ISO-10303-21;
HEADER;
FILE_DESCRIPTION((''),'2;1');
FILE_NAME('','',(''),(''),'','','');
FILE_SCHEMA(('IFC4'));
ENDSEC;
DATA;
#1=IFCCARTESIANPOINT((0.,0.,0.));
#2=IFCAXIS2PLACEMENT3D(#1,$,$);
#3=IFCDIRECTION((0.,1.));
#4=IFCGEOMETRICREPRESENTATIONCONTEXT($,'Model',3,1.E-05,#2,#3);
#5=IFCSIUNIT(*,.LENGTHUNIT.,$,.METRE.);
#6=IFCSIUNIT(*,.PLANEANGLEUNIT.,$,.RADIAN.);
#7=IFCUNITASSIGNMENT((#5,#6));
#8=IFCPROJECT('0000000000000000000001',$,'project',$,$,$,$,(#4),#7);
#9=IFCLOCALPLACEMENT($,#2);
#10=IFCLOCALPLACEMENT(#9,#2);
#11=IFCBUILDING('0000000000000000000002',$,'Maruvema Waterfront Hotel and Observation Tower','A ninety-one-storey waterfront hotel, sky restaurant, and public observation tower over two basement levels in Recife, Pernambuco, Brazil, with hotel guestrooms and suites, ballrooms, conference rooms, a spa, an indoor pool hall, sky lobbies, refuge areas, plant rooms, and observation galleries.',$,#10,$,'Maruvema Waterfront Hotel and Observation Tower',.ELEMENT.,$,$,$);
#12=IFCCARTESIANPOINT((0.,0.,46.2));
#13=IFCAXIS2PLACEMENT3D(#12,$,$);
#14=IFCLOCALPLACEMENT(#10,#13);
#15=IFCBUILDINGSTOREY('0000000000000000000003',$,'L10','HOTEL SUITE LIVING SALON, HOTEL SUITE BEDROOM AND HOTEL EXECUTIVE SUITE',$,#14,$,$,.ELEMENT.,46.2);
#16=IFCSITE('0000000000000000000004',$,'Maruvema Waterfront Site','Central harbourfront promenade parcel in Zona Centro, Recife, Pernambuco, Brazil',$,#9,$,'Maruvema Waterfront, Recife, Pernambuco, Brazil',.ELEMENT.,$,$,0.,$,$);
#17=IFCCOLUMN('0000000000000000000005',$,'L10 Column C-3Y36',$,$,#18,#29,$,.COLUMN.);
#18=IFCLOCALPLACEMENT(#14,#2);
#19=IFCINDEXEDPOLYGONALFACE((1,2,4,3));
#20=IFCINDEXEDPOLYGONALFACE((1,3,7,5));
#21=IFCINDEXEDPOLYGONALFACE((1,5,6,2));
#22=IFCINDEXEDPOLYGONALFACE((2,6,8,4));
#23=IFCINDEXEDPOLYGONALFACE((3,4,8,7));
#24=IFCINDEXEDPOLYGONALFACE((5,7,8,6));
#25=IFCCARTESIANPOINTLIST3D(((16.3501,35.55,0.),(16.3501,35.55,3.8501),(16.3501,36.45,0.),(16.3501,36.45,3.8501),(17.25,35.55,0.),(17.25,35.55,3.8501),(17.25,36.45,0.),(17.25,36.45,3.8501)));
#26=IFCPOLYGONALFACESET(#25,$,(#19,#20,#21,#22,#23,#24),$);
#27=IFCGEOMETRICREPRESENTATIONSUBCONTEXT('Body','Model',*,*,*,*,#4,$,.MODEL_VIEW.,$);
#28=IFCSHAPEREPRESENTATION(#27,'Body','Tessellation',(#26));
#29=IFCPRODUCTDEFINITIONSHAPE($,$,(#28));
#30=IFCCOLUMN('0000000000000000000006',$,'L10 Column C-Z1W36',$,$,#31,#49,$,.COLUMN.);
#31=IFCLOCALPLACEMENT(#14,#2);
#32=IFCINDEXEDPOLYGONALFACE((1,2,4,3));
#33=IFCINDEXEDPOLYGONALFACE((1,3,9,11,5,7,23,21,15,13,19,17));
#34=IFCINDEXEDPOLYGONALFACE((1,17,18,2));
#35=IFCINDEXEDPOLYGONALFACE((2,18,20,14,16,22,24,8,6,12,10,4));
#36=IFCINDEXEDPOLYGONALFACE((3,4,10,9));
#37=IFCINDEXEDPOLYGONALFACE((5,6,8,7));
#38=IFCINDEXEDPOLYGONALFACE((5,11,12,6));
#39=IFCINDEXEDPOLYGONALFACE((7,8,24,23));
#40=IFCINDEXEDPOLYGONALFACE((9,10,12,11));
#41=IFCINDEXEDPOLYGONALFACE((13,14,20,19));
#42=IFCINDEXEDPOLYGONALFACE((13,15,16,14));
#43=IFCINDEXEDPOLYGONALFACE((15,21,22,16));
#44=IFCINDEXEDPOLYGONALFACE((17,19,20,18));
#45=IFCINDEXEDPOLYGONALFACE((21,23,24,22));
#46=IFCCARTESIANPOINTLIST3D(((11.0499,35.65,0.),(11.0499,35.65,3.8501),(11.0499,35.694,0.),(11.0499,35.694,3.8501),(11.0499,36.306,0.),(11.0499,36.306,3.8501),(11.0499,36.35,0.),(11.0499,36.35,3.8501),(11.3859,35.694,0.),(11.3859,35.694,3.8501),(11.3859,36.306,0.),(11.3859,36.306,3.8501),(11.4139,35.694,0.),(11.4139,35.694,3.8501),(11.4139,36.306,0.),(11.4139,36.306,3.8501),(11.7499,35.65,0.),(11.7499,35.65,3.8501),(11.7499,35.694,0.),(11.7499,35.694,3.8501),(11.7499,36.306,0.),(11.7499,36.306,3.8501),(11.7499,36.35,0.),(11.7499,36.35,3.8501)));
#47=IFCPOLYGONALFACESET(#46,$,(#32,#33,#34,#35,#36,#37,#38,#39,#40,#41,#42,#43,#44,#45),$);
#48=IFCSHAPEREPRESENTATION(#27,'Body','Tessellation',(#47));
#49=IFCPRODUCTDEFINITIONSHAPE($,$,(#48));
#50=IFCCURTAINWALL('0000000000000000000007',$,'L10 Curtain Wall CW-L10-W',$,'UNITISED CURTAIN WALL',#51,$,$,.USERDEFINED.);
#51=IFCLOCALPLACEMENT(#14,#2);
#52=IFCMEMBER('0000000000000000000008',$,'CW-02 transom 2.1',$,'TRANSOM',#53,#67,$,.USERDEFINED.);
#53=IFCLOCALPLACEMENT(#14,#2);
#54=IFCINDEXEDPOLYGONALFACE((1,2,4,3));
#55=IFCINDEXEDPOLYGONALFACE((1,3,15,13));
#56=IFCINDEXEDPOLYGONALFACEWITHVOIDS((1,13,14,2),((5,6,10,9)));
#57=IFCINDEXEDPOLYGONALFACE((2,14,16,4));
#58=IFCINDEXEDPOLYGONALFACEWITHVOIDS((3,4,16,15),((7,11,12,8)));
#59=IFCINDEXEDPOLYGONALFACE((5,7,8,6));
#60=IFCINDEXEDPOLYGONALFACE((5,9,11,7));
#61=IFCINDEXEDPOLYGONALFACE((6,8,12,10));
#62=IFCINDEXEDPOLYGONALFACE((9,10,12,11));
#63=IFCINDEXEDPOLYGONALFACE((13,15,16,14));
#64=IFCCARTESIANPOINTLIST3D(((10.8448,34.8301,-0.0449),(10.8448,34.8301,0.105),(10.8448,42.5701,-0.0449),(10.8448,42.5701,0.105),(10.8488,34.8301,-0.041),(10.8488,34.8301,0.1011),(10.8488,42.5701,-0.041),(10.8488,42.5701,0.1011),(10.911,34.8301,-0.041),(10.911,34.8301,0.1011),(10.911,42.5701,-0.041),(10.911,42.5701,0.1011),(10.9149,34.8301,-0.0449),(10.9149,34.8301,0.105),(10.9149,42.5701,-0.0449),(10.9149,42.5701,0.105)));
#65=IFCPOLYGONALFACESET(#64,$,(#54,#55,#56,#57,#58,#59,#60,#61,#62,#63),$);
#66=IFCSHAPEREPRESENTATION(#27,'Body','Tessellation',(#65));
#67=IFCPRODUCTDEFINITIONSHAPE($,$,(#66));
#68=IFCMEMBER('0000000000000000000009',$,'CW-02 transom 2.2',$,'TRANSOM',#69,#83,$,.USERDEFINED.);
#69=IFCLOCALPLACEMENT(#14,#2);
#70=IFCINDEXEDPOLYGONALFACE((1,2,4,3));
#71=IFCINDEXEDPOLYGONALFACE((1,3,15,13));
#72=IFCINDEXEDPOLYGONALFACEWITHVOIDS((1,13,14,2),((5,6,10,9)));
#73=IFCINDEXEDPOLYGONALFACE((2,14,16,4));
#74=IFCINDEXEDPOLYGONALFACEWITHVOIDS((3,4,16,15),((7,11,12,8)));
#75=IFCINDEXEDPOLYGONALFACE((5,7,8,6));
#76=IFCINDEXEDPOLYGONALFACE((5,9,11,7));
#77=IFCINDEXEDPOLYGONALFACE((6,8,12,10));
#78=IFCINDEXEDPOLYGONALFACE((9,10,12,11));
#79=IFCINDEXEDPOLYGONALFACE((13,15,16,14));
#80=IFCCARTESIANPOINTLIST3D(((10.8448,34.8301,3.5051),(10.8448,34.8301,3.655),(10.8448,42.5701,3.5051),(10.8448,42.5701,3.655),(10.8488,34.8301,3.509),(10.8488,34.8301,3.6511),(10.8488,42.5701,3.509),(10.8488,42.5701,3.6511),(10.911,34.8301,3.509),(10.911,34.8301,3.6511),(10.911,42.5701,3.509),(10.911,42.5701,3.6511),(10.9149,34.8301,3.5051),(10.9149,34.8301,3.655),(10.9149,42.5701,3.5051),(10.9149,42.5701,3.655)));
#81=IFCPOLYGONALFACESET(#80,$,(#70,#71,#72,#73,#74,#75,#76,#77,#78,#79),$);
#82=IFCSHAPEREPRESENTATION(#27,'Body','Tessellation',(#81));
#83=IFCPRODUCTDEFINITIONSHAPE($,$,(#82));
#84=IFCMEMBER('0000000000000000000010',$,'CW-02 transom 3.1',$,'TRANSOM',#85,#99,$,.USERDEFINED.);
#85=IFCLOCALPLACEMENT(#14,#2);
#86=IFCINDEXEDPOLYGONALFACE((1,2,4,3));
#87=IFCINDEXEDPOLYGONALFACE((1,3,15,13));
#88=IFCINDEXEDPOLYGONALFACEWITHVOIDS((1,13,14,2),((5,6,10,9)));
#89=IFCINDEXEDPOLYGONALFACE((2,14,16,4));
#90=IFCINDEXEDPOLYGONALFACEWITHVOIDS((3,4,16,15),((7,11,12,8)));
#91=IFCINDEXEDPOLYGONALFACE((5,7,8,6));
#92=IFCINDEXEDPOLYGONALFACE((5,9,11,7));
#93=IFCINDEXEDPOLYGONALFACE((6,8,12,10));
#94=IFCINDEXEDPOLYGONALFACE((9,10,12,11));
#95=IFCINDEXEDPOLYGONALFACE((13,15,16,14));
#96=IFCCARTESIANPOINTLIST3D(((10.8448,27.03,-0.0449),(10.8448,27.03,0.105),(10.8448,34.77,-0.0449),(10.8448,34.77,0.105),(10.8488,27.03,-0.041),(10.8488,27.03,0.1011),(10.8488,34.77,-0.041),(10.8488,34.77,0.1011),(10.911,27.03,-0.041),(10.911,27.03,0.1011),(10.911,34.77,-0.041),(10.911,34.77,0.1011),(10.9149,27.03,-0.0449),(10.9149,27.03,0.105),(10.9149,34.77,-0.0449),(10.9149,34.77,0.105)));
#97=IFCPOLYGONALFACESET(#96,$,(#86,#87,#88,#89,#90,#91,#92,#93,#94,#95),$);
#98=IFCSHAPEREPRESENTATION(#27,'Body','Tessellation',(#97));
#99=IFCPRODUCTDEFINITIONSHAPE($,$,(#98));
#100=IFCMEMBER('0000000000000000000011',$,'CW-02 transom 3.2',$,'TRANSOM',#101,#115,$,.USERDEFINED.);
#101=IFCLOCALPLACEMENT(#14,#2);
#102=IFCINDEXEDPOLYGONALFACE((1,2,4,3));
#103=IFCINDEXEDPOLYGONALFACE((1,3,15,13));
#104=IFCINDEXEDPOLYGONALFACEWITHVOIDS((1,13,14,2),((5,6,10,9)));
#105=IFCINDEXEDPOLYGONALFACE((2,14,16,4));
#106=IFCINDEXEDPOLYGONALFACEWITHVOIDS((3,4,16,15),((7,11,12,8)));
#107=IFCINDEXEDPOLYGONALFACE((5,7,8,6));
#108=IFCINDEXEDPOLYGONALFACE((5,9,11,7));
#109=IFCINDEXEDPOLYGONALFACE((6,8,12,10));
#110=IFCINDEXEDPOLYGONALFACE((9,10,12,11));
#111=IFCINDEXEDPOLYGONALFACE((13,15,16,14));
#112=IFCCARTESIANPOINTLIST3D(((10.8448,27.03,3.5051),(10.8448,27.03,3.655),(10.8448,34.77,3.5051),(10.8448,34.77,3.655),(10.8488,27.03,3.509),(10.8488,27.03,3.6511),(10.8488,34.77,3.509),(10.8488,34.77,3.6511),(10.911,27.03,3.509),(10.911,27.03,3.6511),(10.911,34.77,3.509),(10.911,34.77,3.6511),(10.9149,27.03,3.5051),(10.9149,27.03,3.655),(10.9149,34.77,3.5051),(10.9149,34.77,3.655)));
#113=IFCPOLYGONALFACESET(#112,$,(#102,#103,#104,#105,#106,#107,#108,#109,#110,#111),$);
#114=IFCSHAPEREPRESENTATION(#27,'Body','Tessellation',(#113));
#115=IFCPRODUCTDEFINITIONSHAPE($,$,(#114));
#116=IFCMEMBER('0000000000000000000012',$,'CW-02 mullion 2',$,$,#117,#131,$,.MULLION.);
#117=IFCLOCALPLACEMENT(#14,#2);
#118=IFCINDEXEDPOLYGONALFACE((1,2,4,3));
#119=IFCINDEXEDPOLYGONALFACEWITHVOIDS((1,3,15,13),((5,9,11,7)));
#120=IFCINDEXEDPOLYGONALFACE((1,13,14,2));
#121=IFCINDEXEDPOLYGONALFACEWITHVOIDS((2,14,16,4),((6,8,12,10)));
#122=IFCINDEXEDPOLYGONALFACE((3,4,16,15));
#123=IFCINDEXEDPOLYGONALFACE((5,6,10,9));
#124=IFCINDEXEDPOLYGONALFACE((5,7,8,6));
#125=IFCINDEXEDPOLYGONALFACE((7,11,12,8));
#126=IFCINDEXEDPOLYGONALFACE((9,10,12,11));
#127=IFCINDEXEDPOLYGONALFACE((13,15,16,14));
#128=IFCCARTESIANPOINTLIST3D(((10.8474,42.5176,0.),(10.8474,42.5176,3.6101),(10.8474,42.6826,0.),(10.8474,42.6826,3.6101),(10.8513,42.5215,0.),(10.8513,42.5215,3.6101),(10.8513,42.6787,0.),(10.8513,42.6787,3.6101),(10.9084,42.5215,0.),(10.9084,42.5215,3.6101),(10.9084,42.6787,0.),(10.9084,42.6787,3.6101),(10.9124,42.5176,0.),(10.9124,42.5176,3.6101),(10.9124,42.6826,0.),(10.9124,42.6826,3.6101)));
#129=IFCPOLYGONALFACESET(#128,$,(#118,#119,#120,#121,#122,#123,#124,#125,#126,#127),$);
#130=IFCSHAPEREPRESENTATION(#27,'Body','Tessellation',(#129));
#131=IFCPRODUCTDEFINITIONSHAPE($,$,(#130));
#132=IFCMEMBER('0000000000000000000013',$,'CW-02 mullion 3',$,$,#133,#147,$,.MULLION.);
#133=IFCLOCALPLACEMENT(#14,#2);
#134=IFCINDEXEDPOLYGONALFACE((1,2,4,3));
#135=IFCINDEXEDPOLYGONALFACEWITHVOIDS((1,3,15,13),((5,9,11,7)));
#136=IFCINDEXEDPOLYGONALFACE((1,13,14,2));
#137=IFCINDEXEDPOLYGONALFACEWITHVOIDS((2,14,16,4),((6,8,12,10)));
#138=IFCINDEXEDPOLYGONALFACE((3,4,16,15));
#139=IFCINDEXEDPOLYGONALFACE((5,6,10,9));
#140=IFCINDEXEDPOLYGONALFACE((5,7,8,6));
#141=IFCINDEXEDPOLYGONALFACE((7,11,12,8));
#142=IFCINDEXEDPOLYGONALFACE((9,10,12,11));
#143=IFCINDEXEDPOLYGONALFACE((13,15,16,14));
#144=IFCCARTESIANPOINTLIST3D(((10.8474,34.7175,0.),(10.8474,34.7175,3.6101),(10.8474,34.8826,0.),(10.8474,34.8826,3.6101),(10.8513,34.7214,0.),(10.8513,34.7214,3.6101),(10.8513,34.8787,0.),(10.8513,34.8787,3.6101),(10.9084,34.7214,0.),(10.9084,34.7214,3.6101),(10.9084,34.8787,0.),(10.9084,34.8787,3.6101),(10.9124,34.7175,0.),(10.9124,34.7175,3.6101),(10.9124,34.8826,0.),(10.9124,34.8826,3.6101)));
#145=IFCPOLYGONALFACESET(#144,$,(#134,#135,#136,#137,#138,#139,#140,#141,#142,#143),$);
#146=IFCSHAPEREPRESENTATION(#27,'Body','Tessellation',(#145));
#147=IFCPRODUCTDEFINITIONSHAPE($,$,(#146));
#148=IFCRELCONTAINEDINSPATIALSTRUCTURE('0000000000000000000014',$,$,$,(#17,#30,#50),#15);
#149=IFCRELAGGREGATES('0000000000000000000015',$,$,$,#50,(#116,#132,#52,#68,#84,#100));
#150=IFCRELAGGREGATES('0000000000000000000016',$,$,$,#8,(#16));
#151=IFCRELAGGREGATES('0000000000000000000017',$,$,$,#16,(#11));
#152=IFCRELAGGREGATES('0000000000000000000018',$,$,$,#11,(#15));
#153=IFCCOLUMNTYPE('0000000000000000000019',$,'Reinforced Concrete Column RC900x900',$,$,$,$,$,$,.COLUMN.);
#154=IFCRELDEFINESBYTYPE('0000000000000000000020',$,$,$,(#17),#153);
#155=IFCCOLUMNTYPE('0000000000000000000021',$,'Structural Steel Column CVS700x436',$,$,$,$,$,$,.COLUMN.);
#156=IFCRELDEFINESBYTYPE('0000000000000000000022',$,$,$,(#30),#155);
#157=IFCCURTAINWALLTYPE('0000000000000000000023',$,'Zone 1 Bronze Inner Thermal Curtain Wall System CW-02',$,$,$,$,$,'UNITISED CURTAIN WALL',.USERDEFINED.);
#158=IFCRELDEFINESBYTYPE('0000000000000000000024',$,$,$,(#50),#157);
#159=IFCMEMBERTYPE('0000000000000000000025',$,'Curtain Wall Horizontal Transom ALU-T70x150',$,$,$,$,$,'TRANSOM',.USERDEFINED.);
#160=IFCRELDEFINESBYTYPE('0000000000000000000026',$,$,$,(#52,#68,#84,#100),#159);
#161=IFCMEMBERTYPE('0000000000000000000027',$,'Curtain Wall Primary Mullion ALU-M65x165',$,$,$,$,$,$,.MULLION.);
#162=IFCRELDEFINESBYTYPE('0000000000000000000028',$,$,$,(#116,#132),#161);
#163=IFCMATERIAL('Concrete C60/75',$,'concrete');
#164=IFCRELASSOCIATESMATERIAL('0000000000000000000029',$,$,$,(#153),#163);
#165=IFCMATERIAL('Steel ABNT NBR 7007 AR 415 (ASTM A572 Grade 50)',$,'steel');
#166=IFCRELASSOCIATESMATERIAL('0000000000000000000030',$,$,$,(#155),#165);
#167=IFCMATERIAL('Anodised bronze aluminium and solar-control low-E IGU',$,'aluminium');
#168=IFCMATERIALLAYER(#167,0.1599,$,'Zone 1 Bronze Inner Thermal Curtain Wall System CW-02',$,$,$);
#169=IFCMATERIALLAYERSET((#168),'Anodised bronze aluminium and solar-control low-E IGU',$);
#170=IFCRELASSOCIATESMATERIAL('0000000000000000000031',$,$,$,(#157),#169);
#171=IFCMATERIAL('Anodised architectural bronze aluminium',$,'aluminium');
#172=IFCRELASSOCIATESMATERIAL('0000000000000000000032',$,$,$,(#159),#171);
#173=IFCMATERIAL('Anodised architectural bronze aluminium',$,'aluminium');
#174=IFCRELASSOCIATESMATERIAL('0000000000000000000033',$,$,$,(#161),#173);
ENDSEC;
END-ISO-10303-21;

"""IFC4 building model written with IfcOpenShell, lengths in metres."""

from ifc_helpers import new_model, si_unit, direction, frame, origin, origin_2d, place, context, subcontext, project, spatial, rectangle, hollow_rectangle, i_section, extrude, material, layer, layer_set, material_profile, profile_set, type_object, element, aggregate, save


model = new_model("IFC4")

# Units and contexts
model_context = context("Model", 3, precision=1e-05, world=origin(), true_north=direction((0.0, 1.0)))
body_context = subcontext(model_context, "Body", "Model", "MODEL_VIEW")
ifc_project = project(units=[si_unit("LENGTHUNIT", "METRE"), si_unit("PLANEANGLEUNIT", "RADIAN")], contexts=[model_context])

# Site, building, storey
site_placement = place(None, origin())
site = spatial("IfcSite", under=ifc_project, at=site_placement, Name="Maruvema Waterfront Site", Description="Central harbourfront promenade parcel in Zona Centro, Recife, Pernambuco, Brazil", LongName="Maruvema Waterfront, Recife, Pernambuco, Brazil", CompositionType="ELEMENT", RefElevation=0.0)
building_placement = place(site_placement, origin())
building = spatial("IfcBuilding", under=site, at=building_placement, Name="Maruvema Waterfront Hotel and Observation Tower", Description="A ninety-one-storey waterfront hotel, sky restaurant, and public observation tower over two basement levels in Recife, Pernambuco, Brazil, with hotel guestrooms and suites, ballrooms, conference rooms, a spa, an indoor pool hall, sky lobbies, refuge areas, plant rooms, and observation galleries.", LongName="Maruvema Waterfront Hotel and Observation Tower", CompositionType="ELEMENT")
storey_placement = place(building_placement, frame((0.0, 0.0, 46.2)))
storey = spatial("IfcBuildingStorey", under=building, at=storey_placement, Name="L10", Description="HOTEL SUITE LIVING SALON, HOTEL SUITE BEDROOM AND HOTEL EXECUTIVE SUITE", CompositionType="ELEMENT", Elevation=46.2)

# Columns
ifc_material_1 = material(Name="Concrete C60/75", Category="concrete")
ifc_material_profile_1 = material_profile(ifc_material_1, rectangle(XDim=0.8999, YDim=0.8999, at=origin_2d()), Name="RC900x900")
ifc_profile_set_1 = profile_set([ifc_material_profile_1], Name="Concrete C60/75")
column_type_1 = type_object("IfcColumnType", Name="Reinforced Concrete Column RC900x900", PredefinedType="COLUMN", material=ifc_profile_set_1)
column_1_placement = place(storey_placement, frame((16.8, 36.0, 0.0), z_axis=(0.0, 0.0, 1.0), x_axis=(1.0, 0.0, 0.0)))
element("IfcColumn", 1, at=column_1_placement, inside=storey, type_object=column_type_1, Name="L10 Column C-3Y36", PredefinedType="COLUMN", context=body_context, shape_type="SweptSolid", body=[
    extrude(rectangle(XDim=0.8999, YDim=0.8999, at=origin_2d()), origin(), (0.0, 0.0, 1.0), 3.8501),
])
ifc_material_2 = material(Name="Steel ABNT NBR 7007 AR 415 (ASTM A572 Grade 50)", Category="steel")
ifc_material_profile_2 = material_profile(ifc_material_2, i_section(OverallWidth=0.7, OverallDepth=0.7, WebThickness=0.0281, FlangeThickness=0.0439, at=origin_2d()), Name="CVS700x436")
ifc_profile_set_2 = profile_set([ifc_material_profile_2], Name="Steel ABNT NBR 7007 AR 415 (ASTM A572 Grade 50)")
column_type_2 = type_object("IfcColumnType", Name="Structural Steel Column CVS700x436", PredefinedType="COLUMN", material=ifc_profile_set_2)
column_2_placement = place(storey_placement, frame((11.3999, 36.0, 0.0), z_axis=(0.0, 0.0, 1.0), x_axis=(1.0, 0.0, 0.0)))
element("IfcColumn", 2, at=column_2_placement, inside=storey, type_object=column_type_2, Name="L10 Column C-Z1W36", PredefinedType="COLUMN", context=body_context, shape_type="SweptSolid", body=[
    extrude(i_section(OverallWidth=0.7, OverallDepth=0.7, WebThickness=0.0281, FlangeThickness=0.0439, at=origin_2d()), origin(), (0.0, 0.0, 1.0), 3.8501),
])

# Curtain wall, members
ifc_material_3 = material(Name="Anodised bronze aluminium and solar-control low-E IGU", Category="aluminium")
ifc_layer_1 = layer(ifc_material_3, 0.1599, Name="Zone 1 Bronze Inner Thermal Curtain Wall System CW-02")
ifc_layer_set_1 = layer_set([ifc_layer_1], Name="Anodised bronze aluminium and solar-control low-E IGU")
curtain_wall_type = type_object("IfcCurtainWallType", Name="Zone 1 Bronze Inner Thermal Curtain Wall System CW-02", ElementType="UNITISED CURTAIN WALL", PredefinedType="USERDEFINED", material=ifc_layer_set_1)
curtain_wall_placement = place(storey_placement, origin())
curtain_wall = element("IfcCurtainWall", 3, at=curtain_wall_placement, inside=storey, type_object=curtain_wall_type, Name="L10 Curtain Wall CW-L10-W", ObjectType="UNITISED CURTAIN WALL", PredefinedType="USERDEFINED")
ifc_material_4 = material(Name="Anodised architectural bronze aluminium", Category="aluminium")
ifc_material_profile_3 = material_profile(ifc_material_4, hollow_rectangle(XDim=0.0701, YDim=0.1499, WallThickness=0.0039, at=origin_2d()), Name="ALU-T70x150")
ifc_profile_set_3 = profile_set([ifc_material_profile_3], Name="Anodised architectural bronze aluminium")
member_type_1 = type_object("IfcMemberType", Name="Curtain Wall Horizontal Transom ALU-T70x150", ElementType="TRANSOM", PredefinedType="USERDEFINED", material=ifc_profile_set_3)
member_1_placement = place(storey_placement, frame((10.8799, 42.5701, 0.03), z_axis=(0.0, -1.0, 0.0), x_axis=(1.0, 0.0, 0.0)))
member_1 = element("IfcMember", 4, at=member_1_placement, type_object=member_type_1, Name="CW-02 transom 2.1", ObjectType="TRANSOM", PredefinedType="USERDEFINED", context=body_context, shape_type="SweptSolid", body=[
    extrude(hollow_rectangle(XDim=0.0701, YDim=0.1499, WallThickness=0.0039, at=origin_2d()), origin(), (0.0, 0.0, 1.0), 7.74),
])
member_2_placement = place(storey_placement, frame((10.8799, 42.5701, 3.5801), z_axis=(0.0, -1.0, 0.0), x_axis=(1.0, 0.0, 0.0)))
member_2 = element("IfcMember", 5, at=member_2_placement, type_object=member_type_1, Name="CW-02 transom 2.2", ObjectType="TRANSOM", PredefinedType="USERDEFINED", context=body_context, shape_type="SweptSolid", body=[
    extrude(hollow_rectangle(XDim=0.0701, YDim=0.1499, WallThickness=0.0039, at=origin_2d()), origin(), (0.0, 0.0, 1.0), 7.74),
])
member_3_placement = place(storey_placement, frame((10.8799, 34.77, 0.03), z_axis=(0.0, -1.0, 0.0), x_axis=(1.0, 0.0, 0.0)))
member_3 = element("IfcMember", 6, at=member_3_placement, type_object=member_type_1, Name="CW-02 transom 3.1", ObjectType="TRANSOM", PredefinedType="USERDEFINED", context=body_context, shape_type="SweptSolid", body=[
    extrude(hollow_rectangle(XDim=0.0701, YDim=0.1499, WallThickness=0.0039, at=origin_2d()), origin(), (0.0, 0.0, 1.0), 7.74),
])
member_4_placement = place(storey_placement, frame((10.8799, 34.77, 3.5801), z_axis=(0.0, -1.0, 0.0), x_axis=(1.0, 0.0, 0.0)))
member_4 = element("IfcMember", 7, at=member_4_placement, type_object=member_type_1, Name="CW-02 transom 3.2", ObjectType="TRANSOM", PredefinedType="USERDEFINED", context=body_context, shape_type="SweptSolid", body=[
    extrude(hollow_rectangle(XDim=0.0701, YDim=0.1499, WallThickness=0.0039, at=origin_2d()), origin(), (0.0, 0.0, 1.0), 7.74),
])
ifc_material_5 = material(Name="Anodised architectural bronze aluminium", Category="aluminium")
ifc_material_profile_4 = material_profile(ifc_material_5, hollow_rectangle(XDim=0.0649, YDim=0.165, WallThickness=0.0039, at=origin_2d()), Name="ALU-M65x165")
ifc_profile_set_4 = profile_set([ifc_material_profile_4], Name="Anodised architectural bronze aluminium")
member_type_2 = type_object("IfcMemberType", Name="Curtain Wall Primary Mullion ALU-M65x165", PredefinedType="MULLION", material=ifc_profile_set_4)
member_5_placement = place(storey_placement, frame((10.8799, 42.6001, 0.0), z_axis=(0.0, 0.0, 1.0), x_axis=(1.0, 0.0, 0.0)))
member_5 = element("IfcMember", 8, at=member_5_placement, type_object=member_type_2, Name="CW-02 mullion 2", PredefinedType="MULLION", context=body_context, shape_type="SweptSolid", body=[
    extrude(hollow_rectangle(XDim=0.0649, YDim=0.165, WallThickness=0.0039, at=origin_2d()), origin(), (0.0, 0.0, 1.0), 3.6101),
])
member_6_placement = place(storey_placement, frame((10.8799, 34.8, 0.0), z_axis=(0.0, 0.0, 1.0), x_axis=(1.0, 0.0, 0.0)))
member_6 = element("IfcMember", 9, at=member_6_placement, type_object=member_type_2, Name="CW-02 mullion 3", PredefinedType="MULLION", context=body_context, shape_type="SweptSolid", body=[
    extrude(hollow_rectangle(XDim=0.0649, YDim=0.165, WallThickness=0.0039, at=origin_2d()), origin(), (0.0, 0.0, 1.0), 3.6101),
])

aggregate(curtain_wall, [member_5, member_6, member_1, member_2, member_3, member_4])

save(model, "model.ifc")
